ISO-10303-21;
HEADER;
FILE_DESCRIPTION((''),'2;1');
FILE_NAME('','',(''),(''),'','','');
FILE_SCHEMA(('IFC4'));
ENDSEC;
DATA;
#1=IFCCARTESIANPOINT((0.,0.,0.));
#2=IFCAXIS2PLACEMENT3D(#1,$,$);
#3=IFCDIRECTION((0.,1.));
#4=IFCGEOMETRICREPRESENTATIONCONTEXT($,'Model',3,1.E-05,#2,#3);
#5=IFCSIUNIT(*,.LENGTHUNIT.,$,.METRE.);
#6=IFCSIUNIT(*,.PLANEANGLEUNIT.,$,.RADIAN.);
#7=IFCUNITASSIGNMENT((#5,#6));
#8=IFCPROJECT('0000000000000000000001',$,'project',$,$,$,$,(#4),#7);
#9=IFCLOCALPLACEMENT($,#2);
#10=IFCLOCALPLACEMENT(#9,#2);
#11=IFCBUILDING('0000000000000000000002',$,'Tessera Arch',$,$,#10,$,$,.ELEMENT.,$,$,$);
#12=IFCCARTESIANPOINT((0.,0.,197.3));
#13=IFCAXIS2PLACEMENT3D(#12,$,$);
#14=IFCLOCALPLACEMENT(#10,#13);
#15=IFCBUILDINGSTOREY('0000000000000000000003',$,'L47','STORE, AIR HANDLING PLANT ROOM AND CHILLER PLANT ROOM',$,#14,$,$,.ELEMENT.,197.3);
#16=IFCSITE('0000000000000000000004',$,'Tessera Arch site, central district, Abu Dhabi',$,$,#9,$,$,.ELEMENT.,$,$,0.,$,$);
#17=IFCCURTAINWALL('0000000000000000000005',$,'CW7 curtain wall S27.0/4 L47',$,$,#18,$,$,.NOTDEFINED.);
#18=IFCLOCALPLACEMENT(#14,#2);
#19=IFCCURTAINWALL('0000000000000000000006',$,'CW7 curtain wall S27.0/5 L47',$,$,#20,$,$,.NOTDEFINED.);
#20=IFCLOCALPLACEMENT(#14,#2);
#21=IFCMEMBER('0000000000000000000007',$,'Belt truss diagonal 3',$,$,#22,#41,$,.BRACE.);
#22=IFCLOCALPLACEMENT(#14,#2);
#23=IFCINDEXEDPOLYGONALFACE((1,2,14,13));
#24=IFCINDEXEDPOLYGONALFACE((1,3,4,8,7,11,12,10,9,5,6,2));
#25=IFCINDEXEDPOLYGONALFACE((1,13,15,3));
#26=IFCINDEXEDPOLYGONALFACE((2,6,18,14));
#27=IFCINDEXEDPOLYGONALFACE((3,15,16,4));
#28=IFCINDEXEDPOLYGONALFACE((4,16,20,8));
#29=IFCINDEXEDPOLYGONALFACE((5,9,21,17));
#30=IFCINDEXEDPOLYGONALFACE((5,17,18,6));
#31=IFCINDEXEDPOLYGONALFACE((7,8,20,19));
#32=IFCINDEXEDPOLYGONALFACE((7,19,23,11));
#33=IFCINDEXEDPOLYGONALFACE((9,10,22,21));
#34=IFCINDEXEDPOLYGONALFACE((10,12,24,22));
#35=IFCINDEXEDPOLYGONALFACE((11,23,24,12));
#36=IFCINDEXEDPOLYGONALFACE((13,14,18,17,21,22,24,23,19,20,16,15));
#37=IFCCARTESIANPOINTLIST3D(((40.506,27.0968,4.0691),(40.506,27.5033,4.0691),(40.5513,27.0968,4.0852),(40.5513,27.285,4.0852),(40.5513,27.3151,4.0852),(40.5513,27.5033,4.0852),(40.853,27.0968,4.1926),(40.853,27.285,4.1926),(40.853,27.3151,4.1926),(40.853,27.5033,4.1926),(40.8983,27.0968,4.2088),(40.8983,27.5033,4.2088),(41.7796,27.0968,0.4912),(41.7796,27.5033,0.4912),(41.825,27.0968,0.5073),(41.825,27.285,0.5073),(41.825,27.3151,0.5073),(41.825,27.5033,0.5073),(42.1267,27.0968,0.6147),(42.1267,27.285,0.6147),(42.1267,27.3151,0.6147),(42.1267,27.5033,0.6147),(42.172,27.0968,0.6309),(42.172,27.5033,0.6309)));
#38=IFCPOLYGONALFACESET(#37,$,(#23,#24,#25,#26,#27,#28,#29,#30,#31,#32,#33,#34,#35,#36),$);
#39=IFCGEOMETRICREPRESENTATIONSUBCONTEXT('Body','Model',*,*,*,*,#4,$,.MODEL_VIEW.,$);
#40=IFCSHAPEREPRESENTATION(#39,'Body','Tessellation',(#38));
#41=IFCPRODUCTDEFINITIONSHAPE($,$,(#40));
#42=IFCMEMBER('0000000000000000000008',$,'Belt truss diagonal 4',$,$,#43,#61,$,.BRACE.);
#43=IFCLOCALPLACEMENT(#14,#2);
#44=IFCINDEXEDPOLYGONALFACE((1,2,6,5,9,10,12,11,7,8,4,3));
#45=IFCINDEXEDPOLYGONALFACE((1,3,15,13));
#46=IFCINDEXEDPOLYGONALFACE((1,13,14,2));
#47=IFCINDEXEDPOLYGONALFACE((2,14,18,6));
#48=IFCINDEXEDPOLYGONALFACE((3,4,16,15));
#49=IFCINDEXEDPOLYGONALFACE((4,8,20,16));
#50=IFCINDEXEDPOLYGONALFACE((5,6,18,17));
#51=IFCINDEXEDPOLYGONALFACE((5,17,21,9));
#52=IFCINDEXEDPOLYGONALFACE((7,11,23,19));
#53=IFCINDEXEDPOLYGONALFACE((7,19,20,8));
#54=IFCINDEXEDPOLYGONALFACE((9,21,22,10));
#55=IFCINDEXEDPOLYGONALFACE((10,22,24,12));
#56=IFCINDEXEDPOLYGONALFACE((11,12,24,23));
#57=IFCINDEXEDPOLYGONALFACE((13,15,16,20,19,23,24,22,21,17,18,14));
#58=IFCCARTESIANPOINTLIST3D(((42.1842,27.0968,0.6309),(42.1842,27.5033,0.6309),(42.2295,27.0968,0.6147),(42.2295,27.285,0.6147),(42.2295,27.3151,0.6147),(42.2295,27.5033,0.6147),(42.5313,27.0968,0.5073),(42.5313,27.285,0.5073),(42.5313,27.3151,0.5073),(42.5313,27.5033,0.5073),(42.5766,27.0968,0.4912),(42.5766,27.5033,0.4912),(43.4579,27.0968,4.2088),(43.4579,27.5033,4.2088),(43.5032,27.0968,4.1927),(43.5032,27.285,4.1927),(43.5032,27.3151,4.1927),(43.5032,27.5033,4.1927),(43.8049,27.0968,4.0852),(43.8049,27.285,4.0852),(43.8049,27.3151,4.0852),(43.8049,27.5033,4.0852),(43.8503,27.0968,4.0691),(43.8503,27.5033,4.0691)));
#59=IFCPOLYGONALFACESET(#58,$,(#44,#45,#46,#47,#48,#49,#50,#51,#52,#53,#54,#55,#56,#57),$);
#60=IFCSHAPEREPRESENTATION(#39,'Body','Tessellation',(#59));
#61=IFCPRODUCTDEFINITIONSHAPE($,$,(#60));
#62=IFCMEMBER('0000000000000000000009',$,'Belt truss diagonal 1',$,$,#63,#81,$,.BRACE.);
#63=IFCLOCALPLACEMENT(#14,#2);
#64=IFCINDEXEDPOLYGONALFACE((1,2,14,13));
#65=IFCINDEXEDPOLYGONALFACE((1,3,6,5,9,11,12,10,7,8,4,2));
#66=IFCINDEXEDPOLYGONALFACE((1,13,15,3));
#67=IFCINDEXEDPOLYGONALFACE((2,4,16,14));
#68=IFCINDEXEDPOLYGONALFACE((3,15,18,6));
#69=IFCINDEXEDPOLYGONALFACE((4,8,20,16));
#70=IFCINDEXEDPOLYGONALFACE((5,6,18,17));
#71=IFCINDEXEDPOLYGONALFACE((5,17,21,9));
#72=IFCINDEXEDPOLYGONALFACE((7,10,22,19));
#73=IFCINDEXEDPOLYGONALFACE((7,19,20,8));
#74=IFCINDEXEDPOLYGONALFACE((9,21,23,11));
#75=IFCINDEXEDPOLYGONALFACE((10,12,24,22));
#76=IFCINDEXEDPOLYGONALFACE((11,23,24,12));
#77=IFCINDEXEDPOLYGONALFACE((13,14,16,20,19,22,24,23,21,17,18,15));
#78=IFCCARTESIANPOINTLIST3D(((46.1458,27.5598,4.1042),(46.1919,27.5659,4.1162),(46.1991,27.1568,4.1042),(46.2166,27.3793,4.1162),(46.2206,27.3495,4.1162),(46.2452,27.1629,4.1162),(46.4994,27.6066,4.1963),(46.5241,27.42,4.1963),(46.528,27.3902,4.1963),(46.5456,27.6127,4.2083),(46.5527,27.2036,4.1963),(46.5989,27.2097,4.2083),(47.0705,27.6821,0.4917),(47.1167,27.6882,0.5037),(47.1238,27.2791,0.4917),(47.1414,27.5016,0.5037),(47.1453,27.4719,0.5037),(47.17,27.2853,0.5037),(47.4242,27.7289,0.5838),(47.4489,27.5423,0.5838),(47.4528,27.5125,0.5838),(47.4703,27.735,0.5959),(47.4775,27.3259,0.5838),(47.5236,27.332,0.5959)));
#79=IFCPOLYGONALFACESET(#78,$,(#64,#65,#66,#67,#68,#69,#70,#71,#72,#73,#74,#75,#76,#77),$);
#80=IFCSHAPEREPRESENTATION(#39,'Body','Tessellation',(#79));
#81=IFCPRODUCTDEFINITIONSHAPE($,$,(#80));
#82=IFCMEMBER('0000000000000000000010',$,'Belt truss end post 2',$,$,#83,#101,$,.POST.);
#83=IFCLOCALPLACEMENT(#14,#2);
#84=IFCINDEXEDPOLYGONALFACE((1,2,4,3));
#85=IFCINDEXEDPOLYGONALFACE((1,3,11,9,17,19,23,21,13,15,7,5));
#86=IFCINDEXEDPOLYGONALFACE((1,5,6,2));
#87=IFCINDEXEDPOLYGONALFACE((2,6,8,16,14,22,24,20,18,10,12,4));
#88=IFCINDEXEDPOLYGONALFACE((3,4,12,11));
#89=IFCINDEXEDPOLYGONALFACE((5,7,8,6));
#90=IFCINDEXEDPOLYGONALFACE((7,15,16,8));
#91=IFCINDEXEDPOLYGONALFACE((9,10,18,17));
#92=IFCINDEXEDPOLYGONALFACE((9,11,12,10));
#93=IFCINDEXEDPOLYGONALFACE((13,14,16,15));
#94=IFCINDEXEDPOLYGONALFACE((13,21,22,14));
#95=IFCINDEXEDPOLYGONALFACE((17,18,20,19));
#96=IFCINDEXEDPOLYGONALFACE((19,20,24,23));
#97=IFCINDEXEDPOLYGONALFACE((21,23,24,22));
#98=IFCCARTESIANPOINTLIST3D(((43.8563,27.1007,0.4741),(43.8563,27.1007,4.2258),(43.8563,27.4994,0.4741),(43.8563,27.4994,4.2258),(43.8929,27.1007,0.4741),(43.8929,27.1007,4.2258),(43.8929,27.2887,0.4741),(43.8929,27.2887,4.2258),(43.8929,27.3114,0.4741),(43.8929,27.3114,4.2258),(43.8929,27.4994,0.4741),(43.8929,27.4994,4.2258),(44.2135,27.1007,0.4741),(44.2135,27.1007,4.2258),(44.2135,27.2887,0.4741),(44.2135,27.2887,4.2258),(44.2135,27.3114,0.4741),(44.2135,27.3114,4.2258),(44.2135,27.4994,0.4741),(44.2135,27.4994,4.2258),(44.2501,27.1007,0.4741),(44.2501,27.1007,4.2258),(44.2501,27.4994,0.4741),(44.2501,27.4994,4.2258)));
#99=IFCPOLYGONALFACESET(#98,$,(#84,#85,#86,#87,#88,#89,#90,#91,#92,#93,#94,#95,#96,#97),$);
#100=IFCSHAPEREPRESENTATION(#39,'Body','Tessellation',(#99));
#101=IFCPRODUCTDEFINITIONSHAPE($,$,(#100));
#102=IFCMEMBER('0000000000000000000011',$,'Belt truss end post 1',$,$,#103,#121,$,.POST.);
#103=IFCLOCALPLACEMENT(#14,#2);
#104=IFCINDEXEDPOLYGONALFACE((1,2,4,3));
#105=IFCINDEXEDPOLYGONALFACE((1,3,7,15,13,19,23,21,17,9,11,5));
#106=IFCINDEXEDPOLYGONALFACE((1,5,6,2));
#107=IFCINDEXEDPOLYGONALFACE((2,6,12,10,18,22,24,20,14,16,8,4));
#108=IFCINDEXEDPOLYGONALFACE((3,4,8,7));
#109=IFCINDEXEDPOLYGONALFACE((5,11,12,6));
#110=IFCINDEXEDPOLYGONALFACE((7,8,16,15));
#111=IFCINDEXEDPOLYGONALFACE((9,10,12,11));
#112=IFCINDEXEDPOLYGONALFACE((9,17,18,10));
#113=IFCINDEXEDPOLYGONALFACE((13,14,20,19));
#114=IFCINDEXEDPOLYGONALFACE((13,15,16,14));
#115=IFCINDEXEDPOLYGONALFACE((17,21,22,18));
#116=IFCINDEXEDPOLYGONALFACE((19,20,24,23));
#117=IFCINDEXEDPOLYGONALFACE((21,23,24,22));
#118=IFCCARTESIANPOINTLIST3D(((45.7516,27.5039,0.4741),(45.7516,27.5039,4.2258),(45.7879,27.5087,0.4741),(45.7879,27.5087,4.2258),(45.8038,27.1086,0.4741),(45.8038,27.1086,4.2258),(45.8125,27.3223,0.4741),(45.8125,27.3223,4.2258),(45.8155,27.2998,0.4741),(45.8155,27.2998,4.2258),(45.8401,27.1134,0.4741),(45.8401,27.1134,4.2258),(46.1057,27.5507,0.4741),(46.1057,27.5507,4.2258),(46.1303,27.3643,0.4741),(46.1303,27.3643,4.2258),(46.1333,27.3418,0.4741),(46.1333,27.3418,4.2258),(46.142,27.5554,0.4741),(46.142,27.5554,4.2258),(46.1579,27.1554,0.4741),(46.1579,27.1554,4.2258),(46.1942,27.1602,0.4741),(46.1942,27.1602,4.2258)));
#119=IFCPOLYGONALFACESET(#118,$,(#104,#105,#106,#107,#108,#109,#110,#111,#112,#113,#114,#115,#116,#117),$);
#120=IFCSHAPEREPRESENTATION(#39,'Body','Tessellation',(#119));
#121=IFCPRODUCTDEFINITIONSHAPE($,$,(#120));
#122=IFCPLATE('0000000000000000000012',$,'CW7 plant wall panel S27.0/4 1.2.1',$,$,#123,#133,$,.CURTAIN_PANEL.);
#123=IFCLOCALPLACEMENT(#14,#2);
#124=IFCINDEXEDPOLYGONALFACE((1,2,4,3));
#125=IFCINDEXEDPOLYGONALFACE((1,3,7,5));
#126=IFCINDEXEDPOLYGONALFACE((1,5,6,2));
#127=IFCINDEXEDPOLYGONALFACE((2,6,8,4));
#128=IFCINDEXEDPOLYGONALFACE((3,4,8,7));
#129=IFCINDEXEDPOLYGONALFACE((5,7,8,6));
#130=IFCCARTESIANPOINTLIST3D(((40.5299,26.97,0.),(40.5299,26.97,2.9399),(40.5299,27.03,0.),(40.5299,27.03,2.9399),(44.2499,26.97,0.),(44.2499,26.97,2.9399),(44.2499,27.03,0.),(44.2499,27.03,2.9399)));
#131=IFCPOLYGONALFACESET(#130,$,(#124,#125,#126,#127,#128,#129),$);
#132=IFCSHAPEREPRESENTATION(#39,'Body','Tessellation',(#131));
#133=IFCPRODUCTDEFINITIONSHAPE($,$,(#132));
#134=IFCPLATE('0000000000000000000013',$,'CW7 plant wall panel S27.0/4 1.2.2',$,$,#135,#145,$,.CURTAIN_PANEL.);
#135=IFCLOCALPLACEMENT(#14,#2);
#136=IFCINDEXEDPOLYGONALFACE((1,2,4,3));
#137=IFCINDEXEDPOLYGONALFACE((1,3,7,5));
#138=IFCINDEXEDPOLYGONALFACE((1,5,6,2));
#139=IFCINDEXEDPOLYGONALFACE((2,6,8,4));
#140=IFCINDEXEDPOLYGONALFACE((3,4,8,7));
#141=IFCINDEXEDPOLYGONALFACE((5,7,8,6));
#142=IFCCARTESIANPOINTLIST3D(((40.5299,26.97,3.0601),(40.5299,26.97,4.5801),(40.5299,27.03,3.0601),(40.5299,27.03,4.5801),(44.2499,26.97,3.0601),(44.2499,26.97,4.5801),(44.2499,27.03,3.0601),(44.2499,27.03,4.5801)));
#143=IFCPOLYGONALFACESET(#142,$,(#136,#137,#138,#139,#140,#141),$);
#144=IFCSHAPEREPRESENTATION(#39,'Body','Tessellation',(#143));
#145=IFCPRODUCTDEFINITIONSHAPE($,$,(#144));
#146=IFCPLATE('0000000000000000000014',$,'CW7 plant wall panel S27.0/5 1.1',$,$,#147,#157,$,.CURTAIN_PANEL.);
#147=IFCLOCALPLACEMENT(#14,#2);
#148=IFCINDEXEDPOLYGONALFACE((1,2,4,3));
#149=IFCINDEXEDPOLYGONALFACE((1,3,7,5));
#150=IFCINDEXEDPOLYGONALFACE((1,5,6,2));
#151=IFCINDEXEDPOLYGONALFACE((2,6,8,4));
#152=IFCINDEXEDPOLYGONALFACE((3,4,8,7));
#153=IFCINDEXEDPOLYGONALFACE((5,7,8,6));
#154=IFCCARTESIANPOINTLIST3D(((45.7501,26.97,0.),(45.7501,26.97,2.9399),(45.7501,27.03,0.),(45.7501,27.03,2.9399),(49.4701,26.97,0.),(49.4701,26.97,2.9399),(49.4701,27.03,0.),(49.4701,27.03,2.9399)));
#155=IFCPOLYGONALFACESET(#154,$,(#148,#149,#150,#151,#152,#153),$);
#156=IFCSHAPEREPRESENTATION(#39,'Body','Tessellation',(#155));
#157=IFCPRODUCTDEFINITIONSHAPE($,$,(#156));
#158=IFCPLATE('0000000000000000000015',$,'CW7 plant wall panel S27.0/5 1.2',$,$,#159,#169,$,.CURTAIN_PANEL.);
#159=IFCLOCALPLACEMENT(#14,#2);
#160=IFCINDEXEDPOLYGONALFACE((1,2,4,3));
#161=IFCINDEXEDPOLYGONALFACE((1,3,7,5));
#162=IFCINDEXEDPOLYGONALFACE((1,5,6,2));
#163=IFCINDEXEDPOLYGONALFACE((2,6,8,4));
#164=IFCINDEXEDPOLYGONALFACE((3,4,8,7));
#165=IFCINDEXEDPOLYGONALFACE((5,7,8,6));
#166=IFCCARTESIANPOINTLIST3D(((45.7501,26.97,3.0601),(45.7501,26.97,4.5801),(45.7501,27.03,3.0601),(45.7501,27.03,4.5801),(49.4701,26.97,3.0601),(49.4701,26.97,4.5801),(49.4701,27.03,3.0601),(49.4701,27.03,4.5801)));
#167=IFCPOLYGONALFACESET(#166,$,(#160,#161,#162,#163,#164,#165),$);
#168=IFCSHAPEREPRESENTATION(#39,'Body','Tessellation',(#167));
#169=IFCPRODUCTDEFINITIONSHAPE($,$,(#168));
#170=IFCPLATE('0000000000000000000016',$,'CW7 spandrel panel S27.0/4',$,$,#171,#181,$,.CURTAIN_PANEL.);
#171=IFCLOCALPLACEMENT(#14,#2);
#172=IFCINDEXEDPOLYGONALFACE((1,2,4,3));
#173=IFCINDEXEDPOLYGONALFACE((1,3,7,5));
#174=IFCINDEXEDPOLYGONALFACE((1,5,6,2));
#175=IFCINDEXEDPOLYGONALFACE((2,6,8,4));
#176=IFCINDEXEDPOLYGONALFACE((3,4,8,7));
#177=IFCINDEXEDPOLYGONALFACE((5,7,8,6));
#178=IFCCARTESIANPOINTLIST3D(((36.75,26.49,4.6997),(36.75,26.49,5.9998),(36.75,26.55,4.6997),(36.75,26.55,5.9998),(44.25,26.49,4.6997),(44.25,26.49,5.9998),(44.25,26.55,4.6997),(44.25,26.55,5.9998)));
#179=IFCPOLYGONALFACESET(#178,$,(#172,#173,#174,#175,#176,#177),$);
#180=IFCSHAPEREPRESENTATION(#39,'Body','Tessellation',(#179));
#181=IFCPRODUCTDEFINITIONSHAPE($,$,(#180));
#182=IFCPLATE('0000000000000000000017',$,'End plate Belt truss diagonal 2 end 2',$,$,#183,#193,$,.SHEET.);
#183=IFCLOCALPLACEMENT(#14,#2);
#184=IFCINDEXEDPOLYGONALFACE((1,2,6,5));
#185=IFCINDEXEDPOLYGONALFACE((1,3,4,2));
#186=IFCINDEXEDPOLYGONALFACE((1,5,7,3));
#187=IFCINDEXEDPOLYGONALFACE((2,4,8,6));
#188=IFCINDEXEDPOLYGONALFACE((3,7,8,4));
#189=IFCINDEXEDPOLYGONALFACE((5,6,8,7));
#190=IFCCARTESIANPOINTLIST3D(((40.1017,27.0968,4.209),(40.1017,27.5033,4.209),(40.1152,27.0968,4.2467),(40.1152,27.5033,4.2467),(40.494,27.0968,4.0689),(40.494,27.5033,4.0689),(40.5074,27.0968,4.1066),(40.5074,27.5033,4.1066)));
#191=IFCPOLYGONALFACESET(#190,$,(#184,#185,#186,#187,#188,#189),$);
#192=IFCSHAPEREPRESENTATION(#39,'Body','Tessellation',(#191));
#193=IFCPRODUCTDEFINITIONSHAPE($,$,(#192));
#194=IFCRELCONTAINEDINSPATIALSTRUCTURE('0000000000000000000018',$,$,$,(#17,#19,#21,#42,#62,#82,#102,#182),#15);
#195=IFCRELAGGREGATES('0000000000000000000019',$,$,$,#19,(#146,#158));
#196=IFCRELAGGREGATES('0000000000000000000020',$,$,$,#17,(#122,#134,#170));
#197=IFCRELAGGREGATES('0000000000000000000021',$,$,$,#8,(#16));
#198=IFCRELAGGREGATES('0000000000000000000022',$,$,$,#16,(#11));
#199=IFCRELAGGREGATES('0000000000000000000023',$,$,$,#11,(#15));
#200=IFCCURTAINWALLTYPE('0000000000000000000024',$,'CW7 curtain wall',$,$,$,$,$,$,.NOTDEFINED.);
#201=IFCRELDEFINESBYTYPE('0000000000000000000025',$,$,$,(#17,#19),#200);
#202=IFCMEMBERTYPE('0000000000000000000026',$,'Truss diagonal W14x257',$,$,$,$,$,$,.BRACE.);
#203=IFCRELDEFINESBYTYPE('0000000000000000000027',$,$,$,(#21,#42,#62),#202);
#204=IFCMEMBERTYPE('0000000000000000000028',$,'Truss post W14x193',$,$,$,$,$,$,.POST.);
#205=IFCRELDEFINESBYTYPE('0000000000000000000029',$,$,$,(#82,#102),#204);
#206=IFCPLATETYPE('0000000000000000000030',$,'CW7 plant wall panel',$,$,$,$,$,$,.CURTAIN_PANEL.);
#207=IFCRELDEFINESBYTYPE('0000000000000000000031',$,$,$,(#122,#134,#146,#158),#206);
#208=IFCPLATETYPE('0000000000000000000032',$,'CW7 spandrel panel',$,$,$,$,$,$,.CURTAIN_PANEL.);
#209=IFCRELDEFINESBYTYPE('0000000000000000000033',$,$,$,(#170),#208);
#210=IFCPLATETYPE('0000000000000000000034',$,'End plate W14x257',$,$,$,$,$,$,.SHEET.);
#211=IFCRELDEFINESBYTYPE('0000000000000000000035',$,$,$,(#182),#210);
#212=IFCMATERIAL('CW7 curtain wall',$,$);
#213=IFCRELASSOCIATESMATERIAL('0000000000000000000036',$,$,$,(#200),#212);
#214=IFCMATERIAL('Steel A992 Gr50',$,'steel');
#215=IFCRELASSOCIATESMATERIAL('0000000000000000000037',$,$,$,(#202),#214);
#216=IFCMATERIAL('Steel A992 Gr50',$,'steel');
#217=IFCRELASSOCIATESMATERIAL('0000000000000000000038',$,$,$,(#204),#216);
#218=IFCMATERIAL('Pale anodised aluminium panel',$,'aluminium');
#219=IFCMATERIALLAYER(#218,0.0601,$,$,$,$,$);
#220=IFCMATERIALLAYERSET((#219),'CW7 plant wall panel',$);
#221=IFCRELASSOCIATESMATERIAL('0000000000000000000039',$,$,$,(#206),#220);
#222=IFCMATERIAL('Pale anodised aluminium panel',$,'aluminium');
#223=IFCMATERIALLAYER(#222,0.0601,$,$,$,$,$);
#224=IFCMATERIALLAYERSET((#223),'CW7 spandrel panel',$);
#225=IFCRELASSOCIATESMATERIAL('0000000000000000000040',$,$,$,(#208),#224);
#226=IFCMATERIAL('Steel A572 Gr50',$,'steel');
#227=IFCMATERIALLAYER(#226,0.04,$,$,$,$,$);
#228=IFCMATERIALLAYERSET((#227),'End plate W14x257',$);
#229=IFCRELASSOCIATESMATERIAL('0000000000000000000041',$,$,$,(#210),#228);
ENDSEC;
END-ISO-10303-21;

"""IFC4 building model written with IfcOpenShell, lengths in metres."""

from ifc_helpers import new_model, si_unit, direction, frame, origin, origin_2d, place, context, subcontext, project, spatial, rectangle, i_section, extrude, material, layer, layer_set, material_profile, profile_set, type_object, element, aggregate, save


model = new_model("IFC4")

# Units and contexts
model_context = context("Model", 3, precision=1e-05, world=origin(), true_north=direction((0.0, 1.0)))
body_context = subcontext(model_context, "Body", "Model", "MODEL_VIEW")
ifc_project = project(units=[si_unit("LENGTHUNIT", "METRE"), si_unit("PLANEANGLEUNIT", "RADIAN")], contexts=[model_context])

# Site, building, storey
site_placement = place(None, origin())
site = spatial("IfcSite", under=ifc_project, at=site_placement, Name="Tessera Arch site, central district, Abu Dhabi", CompositionType="ELEMENT", RefElevation=0.0)
building_placement = place(site_placement, origin())
building = spatial("IfcBuilding", under=site, at=building_placement, Name="Tessera Arch", CompositionType="ELEMENT")
storey_placement = place(building_placement, frame((0.0, 0.0, 197.3)))
storey = spatial("IfcBuildingStorey", under=building, at=storey_placement, Name="L47", Description="STORE, AIR HANDLING PLANT ROOM AND CHILLER PLANT ROOM", CompositionType="ELEMENT", Elevation=197.3)

# Curtain walls
ifc_material_1 = material(Name="CW7 curtain wall")
curtain_wall_type = type_object("IfcCurtainWallType", Name="CW7 curtain wall", PredefinedType="NOTDEFINED", material=ifc_material_1)
curtain_wall_1_placement = place(storey_placement, origin())
curtain_wall_1 = element("IfcCurtainWall", 1, at=curtain_wall_1_placement, inside=storey, type_object=curtain_wall_type, Name="CW7 curtain wall S27.0/4 L47", PredefinedType="NOTDEFINED")
curtain_wall_2_placement = place(storey_placement, origin())
curtain_wall_2 = element("IfcCurtainWall", 2, at=curtain_wall_2_placement, inside=storey, type_object=curtain_wall_type, Name="CW7 curtain wall S27.0/5 L47", PredefinedType="NOTDEFINED")

# Members
ifc_material_2 = material(Name="Steel A992 Gr50", Category="steel")
ifc_material_profile_1 = material_profile(ifc_material_2, i_section(OverallWidth=0.4065, OverallDepth=0.4165, WebThickness=0.03, FlangeThickness=0.0481, at=origin_2d()), Name="W14x257")
ifc_profile_set_1 = profile_set([ifc_material_profile_1], Name="Steel A992 Gr50")
member_type_1 = type_object("IfcMemberType", Name="Truss diagonal W14x257", PredefinedType="BRACE", material=ifc_profile_set_1)
for number, where, z_axis, x_axis, name in (
    (3, (40.7021, 27.3, 4.1389), (0.335371, 0.0, -0.942086), (0.0, 1.0, 0.0), "Belt truss diagonal 3"),
    (4, (42.3804, 27.3, 0.561), (0.335371, 0.0, 0.942086), (0.0, 1.0, 0.0), "Belt truss diagonal 4"),
):
    element("IfcMember", number, at=place(storey_placement, frame(where, z_axis=z_axis, x_axis=x_axis)), inside=storey, type_object=member_type_1, Name=name, PredefinedType="BRACE", context=body_context, shape_type="SweptSolid", body=[
        extrude(i_section(OverallWidth=0.4065, OverallDepth=0.4165, WebThickness=0.03, FlangeThickness=0.0481, at=origin_2d()), origin(), (0.0, 0.0, 1.0), 3.7979),
    ])
member_1_placement = place(storey_placement, frame((46.3723, 27.3848, 4.1562), z_axis=(0.247867, 0.032783, -0.968239), x_axis=(-0.131118, 0.991367, 0.0)))
element("IfcMember", 5, at=member_1_placement, inside=storey, type_object=member_type_1, Name="Belt truss diagonal 1", PredefinedType="BRACE", context=body_context, shape_type="SweptSolid", body=[
    extrude(i_section(OverallWidth=0.4065, OverallDepth=0.4165, WebThickness=0.03, FlangeThickness=0.0481, at=origin_2d()), origin(), (0.0, 0.0, 1.0), 3.731),
])
ifc_material_3 = material(Name="Steel A992 Gr50", Category="steel")
ifc_material_profile_2 = material_profile(ifc_material_3, i_section(OverallWidth=0.3987, OverallDepth=0.3938, WebThickness=0.0227, FlangeThickness=0.0366, at=origin_2d()), Name="W14x193")
ifc_profile_set_2 = profile_set([ifc_material_profile_2], Name="Steel A992 Gr50")
member_type_2 = type_object("IfcMemberType", Name="Truss post W14x193", PredefinedType="POST", material=ifc_profile_set_2)
for number, where, z_axis, x_axis, name in (
    (6, (44.0532, 27.3, 0.4741), (0.0, 0.0, 1.0), (0.0, 1.0, 0.0), "Belt truss end post 2"),
    (7, (45.9729, 27.332, 0.4741), (0.0, 0.0, 1.0), (-0.131003, 0.991382, 0.0), "Belt truss end post 1"),
):
    element("IfcMember", number, at=place(storey_placement, frame(where, z_axis=z_axis, x_axis=x_axis)), inside=storey, type_object=member_type_2, Name=name, PredefinedType="POST", context=body_context, shape_type="SweptSolid", body=[
        extrude(i_section(OverallWidth=0.3987, OverallDepth=0.3938, WebThickness=0.0227, FlangeThickness=0.0366, at=origin_2d()), origin(), (0.0, 0.0, 1.0), 3.7517),
    ])

# Plates
ifc_material_4 = material(Name="Pale anodised aluminium panel", Category="aluminium")
ifc_layer_1 = layer(ifc_material_4, 0.0601)
ifc_layer_set_1 = layer_set([ifc_layer_1], Name="CW7 plant wall panel")
plate_type_1 = type_object("IfcPlateType", Name="CW7 plant wall panel", PredefinedType="CURTAIN_PANEL", material=ifc_layer_set_1)
plate_1_placement = place(storey_placement, frame((42.3899, 27.0, 0.0), z_axis=(0.0, 0.0, 1.0), x_axis=(1.0, 0.0, 0.0)))
plate_1 = element("IfcPlate", 8, at=plate_1_placement, type_object=plate_type_1, Name="CW7 plant wall panel S27.0/4 1.2.1", PredefinedType="CURTAIN_PANEL", context=body_context, shape_type="SweptSolid", body=[
    extrude(rectangle(XDim=3.72, YDim=0.0601, at=origin_2d()), origin(), (0.0, 0.0, 1.0), 2.9399),
])
plate_2_placement = place(storey_placement, frame((42.3899, 27.0, 3.0601), z_axis=(0.0, 0.0, 1.0), x_axis=(1.0, 0.0, 0.0)))
plate_2 = element("IfcPlate", 9, at=plate_2_placement, type_object=plate_type_1, Name="CW7 plant wall panel S27.0/4 1.2.2", PredefinedType="CURTAIN_PANEL", context=body_context, shape_type="SweptSolid", body=[
    extrude(rectangle(XDim=3.72, YDim=0.0601, at=origin_2d()), origin(), (0.0, 0.0, 1.0), 1.52),
])
plate_3_placement = place(storey_placement, frame((47.6101, 27.0, 0.0), z_axis=(0.0, 0.0, 1.0), x_axis=(1.0, 0.0, 0.0)))
plate_3 = element("IfcPlate", 10, at=plate_3_placement, type_object=plate_type_1, Name="CW7 plant wall panel S27.0/5 1.1", PredefinedType="CURTAIN_PANEL", context=body_context, shape_type="SweptSolid", body=[
    extrude(rectangle(XDim=3.72, YDim=0.0601, at=origin_2d()), origin(), (0.0, 0.0, 1.0), 2.9399),
])
plate_4_placement = place(storey_placement, frame((47.6101, 27.0, 3.0601), z_axis=(0.0, 0.0, 1.0), x_axis=(1.0, 0.0, 0.0)))
plate_4 = element("IfcPlate", 11, at=plate_4_placement, type_object=plate_type_1, Name="CW7 plant wall panel S27.0/5 1.2", PredefinedType="CURTAIN_PANEL", context=body_context, shape_type="SweptSolid", body=[
    extrude(rectangle(XDim=3.72, YDim=0.0601, at=origin_2d()), origin(), (0.0, 0.0, 1.0), 1.52),
])
aggregate(curtain_wall_2, [plate_3, plate_4])
ifc_material_5 = material(Name="Pale anodised aluminium panel", Category="aluminium")
ifc_layer_2 = layer(ifc_material_5, 0.0601)
ifc_layer_set_2 = layer_set([ifc_layer_2], Name="CW7 spandrel panel")
plate_type_2 = type_object("IfcPlateType", Name="CW7 spandrel panel", PredefinedType="CURTAIN_PANEL", material=ifc_layer_set_2)
plate_5_placement = place(storey_placement, frame((40.5, 26.52, 4.6997), z_axis=(0.0, 0.0, 1.0), x_axis=(1.0, 0.0, 0.0)))
plate_5 = element("IfcPlate", 12, at=plate_5_placement, type_object=plate_type_2, Name="CW7 spandrel panel S27.0/4", PredefinedType="CURTAIN_PANEL", context=body_context, shape_type="SweptSolid", body=[
    extrude(rectangle(XDim=7.5, YDim=0.0601, at=origin_2d()), origin(), (0.0, 0.0, 1.0), 1.3),
])
aggregate(curtain_wall_1, [plate_1, plate_2, plate_5])

# Plate
ifc_material_6 = material(Name="Steel A572 Gr50", Category="steel")
ifc_layer_3 = layer(ifc_material_6, 0.04)
ifc_layer_set_3 = layer_set([ifc_layer_3], Name="End plate W14x257")
plate_type_3 = type_object("IfcPlateType", Name="End plate W14x257", PredefinedType="SHEET", material=ifc_layer_set_3)
for number, where, z_axis, x_axis, name in (
    (13, (40.2979, 27.3, 4.1389), (0.336336, 0.0, 0.941742), (0.0, 1.0, 0.0), "End plate Belt truss diagonal 2 end 2"),
):
    element("IfcPlate", number, at=place(storey_placement, frame(where, z_axis=z_axis, x_axis=x_axis)), inside=storey, type_object=plate_type_3, Name=name, PredefinedType="SHEET", context=body_context, shape_type="SweptSolid", body=[
        extrude(rectangle(XDim=0.4065, YDim=0.4165, at=origin_2d()), origin(), (0.0, 0.0, 1.0), 0.04),
    ])

save(model, "model.ifc")
